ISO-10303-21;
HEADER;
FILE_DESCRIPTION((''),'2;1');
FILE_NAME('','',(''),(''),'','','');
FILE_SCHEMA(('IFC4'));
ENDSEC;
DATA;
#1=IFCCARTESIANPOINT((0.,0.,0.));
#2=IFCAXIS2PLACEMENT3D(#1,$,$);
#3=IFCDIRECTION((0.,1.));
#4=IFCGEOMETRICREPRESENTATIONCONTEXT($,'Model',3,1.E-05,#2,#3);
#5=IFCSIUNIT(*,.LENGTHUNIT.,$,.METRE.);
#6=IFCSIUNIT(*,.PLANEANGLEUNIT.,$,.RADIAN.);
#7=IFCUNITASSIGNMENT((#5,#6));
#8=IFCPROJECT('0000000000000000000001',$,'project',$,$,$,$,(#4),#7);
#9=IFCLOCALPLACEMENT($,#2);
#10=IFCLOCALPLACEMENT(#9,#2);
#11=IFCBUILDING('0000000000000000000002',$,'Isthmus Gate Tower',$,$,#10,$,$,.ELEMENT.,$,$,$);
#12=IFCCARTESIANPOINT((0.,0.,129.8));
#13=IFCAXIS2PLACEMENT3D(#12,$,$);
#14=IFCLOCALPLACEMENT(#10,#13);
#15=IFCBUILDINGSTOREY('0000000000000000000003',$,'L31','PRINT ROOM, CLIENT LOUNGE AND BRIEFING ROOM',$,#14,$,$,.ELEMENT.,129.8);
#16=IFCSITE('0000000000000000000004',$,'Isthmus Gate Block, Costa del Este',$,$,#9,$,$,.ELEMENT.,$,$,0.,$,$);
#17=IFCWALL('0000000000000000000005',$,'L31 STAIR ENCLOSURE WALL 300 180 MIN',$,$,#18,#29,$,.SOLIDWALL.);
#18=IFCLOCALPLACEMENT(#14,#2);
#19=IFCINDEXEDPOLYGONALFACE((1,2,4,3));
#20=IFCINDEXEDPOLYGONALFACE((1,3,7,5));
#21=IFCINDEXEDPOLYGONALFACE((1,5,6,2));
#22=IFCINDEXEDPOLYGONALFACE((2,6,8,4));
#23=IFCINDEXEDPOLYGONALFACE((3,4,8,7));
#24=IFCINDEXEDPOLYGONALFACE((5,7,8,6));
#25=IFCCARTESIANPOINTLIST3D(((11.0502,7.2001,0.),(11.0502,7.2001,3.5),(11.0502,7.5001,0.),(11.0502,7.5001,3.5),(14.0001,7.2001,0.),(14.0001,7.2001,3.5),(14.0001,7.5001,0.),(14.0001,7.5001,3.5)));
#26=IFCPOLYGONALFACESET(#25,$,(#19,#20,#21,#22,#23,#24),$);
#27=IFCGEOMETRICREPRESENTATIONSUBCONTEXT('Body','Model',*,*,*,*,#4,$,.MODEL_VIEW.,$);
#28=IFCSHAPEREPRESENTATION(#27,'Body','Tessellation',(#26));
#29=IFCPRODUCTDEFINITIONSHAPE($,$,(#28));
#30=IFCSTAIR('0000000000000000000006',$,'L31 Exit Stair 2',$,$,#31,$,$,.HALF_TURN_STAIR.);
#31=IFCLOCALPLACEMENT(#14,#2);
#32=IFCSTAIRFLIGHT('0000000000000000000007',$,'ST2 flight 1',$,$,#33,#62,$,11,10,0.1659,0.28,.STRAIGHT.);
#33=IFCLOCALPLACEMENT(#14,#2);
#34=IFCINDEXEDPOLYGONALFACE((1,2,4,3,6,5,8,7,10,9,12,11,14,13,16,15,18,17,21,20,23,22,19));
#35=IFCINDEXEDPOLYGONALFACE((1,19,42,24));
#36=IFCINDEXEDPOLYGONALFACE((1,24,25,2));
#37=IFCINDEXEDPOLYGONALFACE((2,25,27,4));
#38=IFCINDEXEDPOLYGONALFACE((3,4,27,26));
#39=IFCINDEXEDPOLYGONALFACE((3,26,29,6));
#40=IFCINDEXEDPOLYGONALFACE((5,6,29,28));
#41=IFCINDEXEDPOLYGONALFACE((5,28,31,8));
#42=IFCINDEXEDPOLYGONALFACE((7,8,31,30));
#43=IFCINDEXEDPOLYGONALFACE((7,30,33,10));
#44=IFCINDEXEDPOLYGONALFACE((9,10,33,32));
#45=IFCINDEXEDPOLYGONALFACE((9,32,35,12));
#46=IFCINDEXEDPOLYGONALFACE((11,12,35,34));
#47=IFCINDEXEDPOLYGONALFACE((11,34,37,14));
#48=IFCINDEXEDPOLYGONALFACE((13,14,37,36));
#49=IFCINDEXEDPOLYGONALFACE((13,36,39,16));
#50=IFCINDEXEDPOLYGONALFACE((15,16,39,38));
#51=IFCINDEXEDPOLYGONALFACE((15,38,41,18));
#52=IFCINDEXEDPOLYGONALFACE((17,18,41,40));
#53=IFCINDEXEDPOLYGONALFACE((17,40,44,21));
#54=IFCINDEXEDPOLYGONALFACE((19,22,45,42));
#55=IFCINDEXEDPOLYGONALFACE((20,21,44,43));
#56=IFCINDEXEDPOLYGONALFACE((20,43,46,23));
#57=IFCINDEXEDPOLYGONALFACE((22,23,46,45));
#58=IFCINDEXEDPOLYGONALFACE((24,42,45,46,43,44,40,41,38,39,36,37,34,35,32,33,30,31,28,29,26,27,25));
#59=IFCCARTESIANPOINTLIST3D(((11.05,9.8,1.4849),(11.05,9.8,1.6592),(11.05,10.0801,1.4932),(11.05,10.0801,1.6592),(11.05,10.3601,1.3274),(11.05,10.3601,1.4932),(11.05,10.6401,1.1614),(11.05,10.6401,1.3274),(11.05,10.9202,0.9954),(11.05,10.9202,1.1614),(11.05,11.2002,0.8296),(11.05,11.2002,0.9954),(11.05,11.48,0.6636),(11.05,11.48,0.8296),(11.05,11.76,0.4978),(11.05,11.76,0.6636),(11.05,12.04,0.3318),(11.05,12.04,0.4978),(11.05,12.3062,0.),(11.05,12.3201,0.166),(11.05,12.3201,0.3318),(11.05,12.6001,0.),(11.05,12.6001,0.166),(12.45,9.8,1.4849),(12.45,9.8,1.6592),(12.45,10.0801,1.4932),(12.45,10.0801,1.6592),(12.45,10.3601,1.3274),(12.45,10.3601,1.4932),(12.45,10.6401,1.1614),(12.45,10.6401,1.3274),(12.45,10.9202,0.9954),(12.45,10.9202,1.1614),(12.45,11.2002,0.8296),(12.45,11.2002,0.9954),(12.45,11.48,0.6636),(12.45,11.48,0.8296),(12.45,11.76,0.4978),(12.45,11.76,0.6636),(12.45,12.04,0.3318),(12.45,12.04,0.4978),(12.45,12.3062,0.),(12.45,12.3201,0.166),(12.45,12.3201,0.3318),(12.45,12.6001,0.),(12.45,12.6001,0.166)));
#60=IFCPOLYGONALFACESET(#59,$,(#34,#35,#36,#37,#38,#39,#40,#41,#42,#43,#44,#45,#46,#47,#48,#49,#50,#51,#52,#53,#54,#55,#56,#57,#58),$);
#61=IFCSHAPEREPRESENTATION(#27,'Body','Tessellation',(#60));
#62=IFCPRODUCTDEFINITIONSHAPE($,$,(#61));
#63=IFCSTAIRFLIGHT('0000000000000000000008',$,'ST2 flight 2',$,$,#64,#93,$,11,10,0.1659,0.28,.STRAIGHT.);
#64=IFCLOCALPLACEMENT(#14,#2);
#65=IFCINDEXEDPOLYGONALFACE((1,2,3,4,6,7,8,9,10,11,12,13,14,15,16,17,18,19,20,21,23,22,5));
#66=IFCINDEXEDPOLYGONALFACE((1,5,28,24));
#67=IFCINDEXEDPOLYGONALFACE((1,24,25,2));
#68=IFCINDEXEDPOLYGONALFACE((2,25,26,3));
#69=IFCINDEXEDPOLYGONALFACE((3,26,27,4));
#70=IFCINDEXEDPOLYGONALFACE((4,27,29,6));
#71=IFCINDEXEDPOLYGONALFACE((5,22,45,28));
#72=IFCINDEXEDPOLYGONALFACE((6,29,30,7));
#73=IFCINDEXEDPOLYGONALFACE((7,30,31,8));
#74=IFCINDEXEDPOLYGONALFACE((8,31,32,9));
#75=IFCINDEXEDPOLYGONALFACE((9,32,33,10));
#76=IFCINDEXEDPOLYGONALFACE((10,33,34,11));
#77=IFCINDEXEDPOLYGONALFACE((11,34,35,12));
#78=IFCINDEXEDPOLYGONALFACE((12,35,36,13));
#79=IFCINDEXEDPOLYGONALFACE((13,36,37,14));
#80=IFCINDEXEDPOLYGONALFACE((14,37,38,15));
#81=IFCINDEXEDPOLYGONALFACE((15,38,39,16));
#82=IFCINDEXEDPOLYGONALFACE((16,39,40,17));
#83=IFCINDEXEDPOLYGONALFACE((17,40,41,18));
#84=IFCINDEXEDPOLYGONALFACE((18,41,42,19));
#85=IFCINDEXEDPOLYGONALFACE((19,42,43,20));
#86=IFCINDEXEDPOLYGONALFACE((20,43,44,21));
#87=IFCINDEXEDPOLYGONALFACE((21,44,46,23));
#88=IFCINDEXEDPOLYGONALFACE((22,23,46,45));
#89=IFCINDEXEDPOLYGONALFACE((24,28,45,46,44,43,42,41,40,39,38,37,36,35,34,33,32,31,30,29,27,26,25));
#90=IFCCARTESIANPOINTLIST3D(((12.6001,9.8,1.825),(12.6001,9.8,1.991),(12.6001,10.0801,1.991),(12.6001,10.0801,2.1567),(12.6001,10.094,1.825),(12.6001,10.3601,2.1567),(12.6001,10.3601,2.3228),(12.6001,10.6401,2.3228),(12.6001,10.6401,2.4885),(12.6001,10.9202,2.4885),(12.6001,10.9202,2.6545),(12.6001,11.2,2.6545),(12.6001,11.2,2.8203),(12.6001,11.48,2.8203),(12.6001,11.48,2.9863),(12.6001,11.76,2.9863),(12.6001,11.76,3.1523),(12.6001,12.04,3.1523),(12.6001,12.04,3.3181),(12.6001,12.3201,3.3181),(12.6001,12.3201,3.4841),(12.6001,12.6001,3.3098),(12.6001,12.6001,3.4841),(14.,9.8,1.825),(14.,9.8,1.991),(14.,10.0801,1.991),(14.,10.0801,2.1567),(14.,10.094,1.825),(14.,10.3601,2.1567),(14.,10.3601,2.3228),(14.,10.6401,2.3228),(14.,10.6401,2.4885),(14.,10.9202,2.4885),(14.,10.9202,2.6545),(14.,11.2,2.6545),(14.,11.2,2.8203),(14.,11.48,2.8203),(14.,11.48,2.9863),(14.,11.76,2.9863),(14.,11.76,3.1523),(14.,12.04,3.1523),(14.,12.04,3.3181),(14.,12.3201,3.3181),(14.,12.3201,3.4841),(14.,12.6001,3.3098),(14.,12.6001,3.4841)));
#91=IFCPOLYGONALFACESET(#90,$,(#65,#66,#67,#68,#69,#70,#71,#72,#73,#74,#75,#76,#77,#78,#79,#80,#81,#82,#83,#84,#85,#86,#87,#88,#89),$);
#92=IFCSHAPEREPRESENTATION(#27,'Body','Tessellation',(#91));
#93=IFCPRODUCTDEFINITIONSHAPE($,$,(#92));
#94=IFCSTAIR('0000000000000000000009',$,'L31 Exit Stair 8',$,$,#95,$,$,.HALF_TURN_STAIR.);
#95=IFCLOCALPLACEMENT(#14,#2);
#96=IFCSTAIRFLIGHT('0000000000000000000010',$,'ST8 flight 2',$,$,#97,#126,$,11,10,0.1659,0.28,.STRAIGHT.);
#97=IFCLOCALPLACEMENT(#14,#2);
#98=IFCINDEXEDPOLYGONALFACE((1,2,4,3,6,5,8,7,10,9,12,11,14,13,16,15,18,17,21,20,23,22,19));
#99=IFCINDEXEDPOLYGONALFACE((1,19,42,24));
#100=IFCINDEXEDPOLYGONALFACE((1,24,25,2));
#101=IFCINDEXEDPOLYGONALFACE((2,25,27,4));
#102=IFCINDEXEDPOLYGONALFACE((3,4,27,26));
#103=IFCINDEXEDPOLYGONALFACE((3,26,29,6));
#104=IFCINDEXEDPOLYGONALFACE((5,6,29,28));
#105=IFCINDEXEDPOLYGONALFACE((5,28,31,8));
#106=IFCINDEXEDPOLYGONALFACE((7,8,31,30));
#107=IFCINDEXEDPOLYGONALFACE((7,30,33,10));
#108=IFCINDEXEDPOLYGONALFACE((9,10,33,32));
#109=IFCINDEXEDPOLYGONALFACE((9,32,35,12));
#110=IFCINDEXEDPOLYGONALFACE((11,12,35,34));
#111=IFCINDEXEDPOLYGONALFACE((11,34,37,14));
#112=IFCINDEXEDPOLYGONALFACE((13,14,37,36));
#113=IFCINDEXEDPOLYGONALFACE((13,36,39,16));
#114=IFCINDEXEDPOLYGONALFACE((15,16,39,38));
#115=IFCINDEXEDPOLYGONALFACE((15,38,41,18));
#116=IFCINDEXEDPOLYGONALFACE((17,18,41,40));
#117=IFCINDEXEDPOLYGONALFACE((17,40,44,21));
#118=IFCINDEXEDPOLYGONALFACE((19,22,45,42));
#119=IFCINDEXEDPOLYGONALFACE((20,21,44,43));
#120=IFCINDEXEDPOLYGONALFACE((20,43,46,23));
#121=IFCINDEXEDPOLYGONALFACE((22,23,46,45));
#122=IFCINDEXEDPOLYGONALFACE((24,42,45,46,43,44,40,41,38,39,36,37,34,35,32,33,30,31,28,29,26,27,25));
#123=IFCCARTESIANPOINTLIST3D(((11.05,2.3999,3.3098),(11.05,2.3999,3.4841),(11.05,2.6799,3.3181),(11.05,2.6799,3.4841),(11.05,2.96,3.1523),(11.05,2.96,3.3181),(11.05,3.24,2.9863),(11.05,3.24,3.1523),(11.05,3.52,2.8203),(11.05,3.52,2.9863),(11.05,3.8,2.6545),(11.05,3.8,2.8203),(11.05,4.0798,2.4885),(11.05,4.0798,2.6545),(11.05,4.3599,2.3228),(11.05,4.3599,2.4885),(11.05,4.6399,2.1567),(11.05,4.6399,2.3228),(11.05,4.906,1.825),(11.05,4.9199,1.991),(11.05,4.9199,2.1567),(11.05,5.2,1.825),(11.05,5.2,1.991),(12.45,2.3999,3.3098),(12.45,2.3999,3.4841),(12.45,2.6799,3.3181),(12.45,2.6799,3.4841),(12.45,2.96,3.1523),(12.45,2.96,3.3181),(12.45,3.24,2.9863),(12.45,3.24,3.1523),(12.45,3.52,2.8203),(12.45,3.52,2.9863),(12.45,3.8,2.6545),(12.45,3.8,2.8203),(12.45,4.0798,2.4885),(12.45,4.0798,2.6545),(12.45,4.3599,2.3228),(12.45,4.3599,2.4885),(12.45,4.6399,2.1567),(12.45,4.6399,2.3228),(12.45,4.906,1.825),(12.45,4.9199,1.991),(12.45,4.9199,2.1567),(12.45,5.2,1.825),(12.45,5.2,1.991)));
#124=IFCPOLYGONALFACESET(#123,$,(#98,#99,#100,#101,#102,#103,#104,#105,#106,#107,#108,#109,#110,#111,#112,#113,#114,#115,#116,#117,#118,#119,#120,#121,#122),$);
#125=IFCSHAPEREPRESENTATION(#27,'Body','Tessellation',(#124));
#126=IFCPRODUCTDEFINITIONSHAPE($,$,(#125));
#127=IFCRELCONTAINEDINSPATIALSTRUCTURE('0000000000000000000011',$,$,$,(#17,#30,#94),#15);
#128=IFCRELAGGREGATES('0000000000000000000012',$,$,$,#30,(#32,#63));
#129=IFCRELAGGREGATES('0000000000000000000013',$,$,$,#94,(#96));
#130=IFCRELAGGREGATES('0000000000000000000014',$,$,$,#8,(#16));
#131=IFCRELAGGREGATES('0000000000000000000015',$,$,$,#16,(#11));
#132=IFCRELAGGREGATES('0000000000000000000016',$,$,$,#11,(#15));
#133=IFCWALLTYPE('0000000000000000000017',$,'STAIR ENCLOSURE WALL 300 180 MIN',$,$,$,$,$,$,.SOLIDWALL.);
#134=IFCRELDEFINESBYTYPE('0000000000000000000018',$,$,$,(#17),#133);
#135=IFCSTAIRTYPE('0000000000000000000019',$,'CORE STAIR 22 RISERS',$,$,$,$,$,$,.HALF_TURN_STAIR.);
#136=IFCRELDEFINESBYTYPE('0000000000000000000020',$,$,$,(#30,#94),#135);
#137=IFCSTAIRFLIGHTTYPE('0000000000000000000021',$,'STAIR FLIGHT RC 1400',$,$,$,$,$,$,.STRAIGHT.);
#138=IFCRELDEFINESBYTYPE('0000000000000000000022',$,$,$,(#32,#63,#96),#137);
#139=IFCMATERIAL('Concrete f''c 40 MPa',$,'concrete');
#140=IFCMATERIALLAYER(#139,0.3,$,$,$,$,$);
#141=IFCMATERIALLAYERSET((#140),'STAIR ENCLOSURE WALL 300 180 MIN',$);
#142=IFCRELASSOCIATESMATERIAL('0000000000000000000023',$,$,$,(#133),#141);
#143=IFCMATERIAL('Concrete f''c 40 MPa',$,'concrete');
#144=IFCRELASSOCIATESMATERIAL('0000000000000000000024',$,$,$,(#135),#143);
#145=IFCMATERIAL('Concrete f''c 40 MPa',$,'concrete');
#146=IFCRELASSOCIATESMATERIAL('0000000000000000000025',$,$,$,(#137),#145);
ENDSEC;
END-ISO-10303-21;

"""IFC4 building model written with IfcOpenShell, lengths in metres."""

from ifc_helpers import new_model, si_unit, direction, frame, frame_2d, origin, place, context, subcontext, project, spatial, polyline, rectangle, outline, extrude, material, layer, layer_set, type_object, element, aggregate, save


model = new_model("IFC4")

# Units and contexts
model_context = context("Model", 3, precision=1e-05, world=origin(), true_north=direction((0.0, 1.0)))
body_context = subcontext(model_context, "Body", "Model", "MODEL_VIEW")
ifc_project = project(units=[si_unit("LENGTHUNIT", "METRE"), si_unit("PLANEANGLEUNIT", "RADIAN")], contexts=[model_context])

# Site, building, storey
site_placement = place(None, origin())
site = spatial("IfcSite", under=ifc_project, at=site_placement, Name="Isthmus Gate Block, Costa del Este", CompositionType="ELEMENT", RefElevation=0.0)
building_placement = place(site_placement, origin())
building = spatial("IfcBuilding", under=site, at=building_placement, Name="Isthmus Gate Tower", CompositionType="ELEMENT")
storey_placement = place(building_placement, frame((0.0, 0.0, 129.8)))
storey = spatial("IfcBuildingStorey", under=building, at=storey_placement, Name="L31", Description="PRINT ROOM, CLIENT LOUNGE AND BRIEFING ROOM", CompositionType="ELEMENT", Elevation=129.8)

# Wall
ifc_material_1 = material(Name="Concrete f'c 40 MPa", Category="concrete")
ifc_layer_1 = layer(ifc_material_1, 0.3)
ifc_layer_set_1 = layer_set([ifc_layer_1], Name="STAIR ENCLOSURE WALL 300 180 MIN")
wall_type_1 = type_object("IfcWallType", Name="STAIR ENCLOSURE WALL 300 180 MIN", PredefinedType="SOLIDWALL", material=ifc_layer_set_1)
wall_1_placement = place(storey_placement, frame((11.05, 7.3501, 0.0), z_axis=(0.0, 0.0, 1.0), x_axis=(1.0, 0.0, 0.0)))
element("IfcWall", 1, at=wall_1_placement, inside=storey, type_object=wall_type_1, Name="L31 STAIR ENCLOSURE WALL 300 180 MIN", PredefinedType="SOLIDWALL", context=body_context, shape_type="SweptSolid", body=[
    extrude(rectangle(XDim=2.95, YDim=0.3, at=frame_2d((1.4751, 0.0))), origin(), (0.0, 0.0, 1.0), 3.5),
])

# Stair, stair flights
ifc_material_2 = material(Name="Concrete f'c 40 MPa", Category="concrete")
stair_type = type_object("IfcStairType", Name="CORE STAIR 22 RISERS", PredefinedType="HALF_TURN_STAIR", material=ifc_material_2)
stair_1_placement = place(storey_placement, origin())
stair_1 = element("IfcStair", 2, at=stair_1_placement, inside=storey, type_object=stair_type, Name="L31 Exit Stair 2", PredefinedType="HALF_TURN_STAIR")
ifc_material_3 = material(Name="Concrete f'c 40 MPa", Category="concrete")
stair_flight_type = type_object("IfcStairFlightType", Name="STAIR FLIGHT RC 1400", PredefinedType="STRAIGHT", material=ifc_material_3)
stair_flight_1_placement = place(storey_placement, frame((11.75, 12.6001, 0.0), z_axis=(0.0, 0.0, 1.0), x_axis=(0.0, -1.0, 0.0)))
stair_flight_1 = element("IfcStairFlight", 3, at=stair_flight_1_placement, type_object=stair_flight_type, Name="ST2 flight 1", NumberOfRisers=11, NumberOfTreads=10, PredefinedType="STRAIGHT", RiserHeight=0.1659, TreadLength=0.28, context=body_context, shape_type="SweptSolid", body=[
    extrude(outline(polyline([(0.0, 0.0), (0.0, 0.166), (0.28, 0.166), (0.28, 0.3318), (0.5601, 0.3318), (0.5601, 0.4978), (0.8401, 0.4978), (0.8401, 0.6636), (1.1201, 0.6636), (1.1201, 0.8296), (1.3999, 0.8296), (1.3999, 0.9954), (1.6799, 0.9954), (1.6799, 1.1614), (1.96, 1.1614), (1.96, 1.3274), (2.24, 1.3274), (2.24, 1.4932), (2.52, 1.4932), (2.52, 1.6592), (2.8, 1.6592), (2.8, 1.825), (2.8, 1.4849), (0.2939, 0.0), (0.0, 0.0)])), frame((0.0, 0.7, 0.0), z_axis=(0.0, -1.0, 0.0), x_axis=(1.0, 0.0, 0.0)), (0.0, 0.0, 1.0), 1.3999),
])
stair_flight_2_placement = place(storey_placement, frame((13.3, 9.8, 1.825), z_axis=(0.0, 0.0, 1.0), x_axis=(0.0, 1.0, 0.0)))
stair_flight_2 = element("IfcStairFlight", 4, at=stair_flight_2_placement, type_object=stair_flight_type, Name="ST2 flight 2", NumberOfRisers=11, NumberOfTreads=10, PredefinedType="STRAIGHT", RiserHeight=0.1659, TreadLength=0.28, context=body_context, shape_type="SweptSolid", body=[
    extrude(outline(polyline([(0.0, 0.0), (0.0, 0.166), (0.28, 0.166), (0.28, 0.3318), (0.5601, 0.3318), (0.5601, 0.4978), (0.8401, 0.4978), (0.8401, 0.6636), (1.1201, 0.6636), (1.1201, 0.8296), (1.3999, 0.8296), (1.3999, 0.9954), (1.6799, 0.9954), (1.6799, 1.1614), (1.96, 1.1614), (1.96, 1.3274), (2.24, 1.3274), (2.24, 1.4932), (2.52, 1.4932), (2.52, 1.6592), (2.8, 1.6592), (2.8, 1.825), (2.8, 1.4849), (0.2939, 0.0), (0.0, 0.0)])), frame((0.0, 0.7, 0.0), z_axis=(0.0, -1.0, 0.0), x_axis=(1.0, 0.0, 0.0)), (0.0, 0.0, 1.0), 1.3999),
])
aggregate(stair_1, [stair_flight_1, stair_flight_2])

# Stair, stair flight
stair_2_placement = place(storey_placement, origin())
stair_2 = element("IfcStair", 5, at=stair_2_placement, inside=storey, type_object=stair_type, Name="L31 Exit Stair 8", PredefinedType="HALF_TURN_STAIR")
stair_flight_3_placement = place(storey_placement, frame((11.75, 5.2, 1.825), z_axis=(0.0, 0.0, 1.0), x_axis=(0.0, -1.0, 0.0)))
stair_flight_3 = element("IfcStairFlight", 6, at=stair_flight_3_placement, type_object=stair_flight_type, Name="ST8 flight 2", NumberOfRisers=11, NumberOfTreads=10, PredefinedType="STRAIGHT", RiserHeight=0.1659, TreadLength=0.28, context=body_context, shape_type="SweptSolid", body=[
    extrude(outline(polyline([(0.0, 0.0), (0.0, 0.166), (0.28, 0.166), (0.28, 0.3318), (0.5601, 0.3318), (0.5601, 0.4978), (0.8401, 0.4978), (0.8401, 0.6636), (1.1201, 0.6636), (1.1201, 0.8296), (1.3999, 0.8296), (1.3999, 0.9954), (1.6799, 0.9954), (1.6799, 1.1614), (1.96, 1.1614), (1.96, 1.3274), (2.24, 1.3274), (2.24, 1.4932), (2.52, 1.4932), (2.52, 1.6592), (2.8, 1.6592), (2.8, 1.825), (2.8, 1.4849), (0.2939, 0.0), (0.0, 0.0)])), frame((0.0, 0.7, 0.0), z_axis=(0.0, -1.0, 0.0), x_axis=(1.0, 0.0, 0.0)), (0.0, 0.0, 1.0), 1.3999),
])
aggregate(stair_2, [stair_flight_3])

save(model, "model.ifc")
